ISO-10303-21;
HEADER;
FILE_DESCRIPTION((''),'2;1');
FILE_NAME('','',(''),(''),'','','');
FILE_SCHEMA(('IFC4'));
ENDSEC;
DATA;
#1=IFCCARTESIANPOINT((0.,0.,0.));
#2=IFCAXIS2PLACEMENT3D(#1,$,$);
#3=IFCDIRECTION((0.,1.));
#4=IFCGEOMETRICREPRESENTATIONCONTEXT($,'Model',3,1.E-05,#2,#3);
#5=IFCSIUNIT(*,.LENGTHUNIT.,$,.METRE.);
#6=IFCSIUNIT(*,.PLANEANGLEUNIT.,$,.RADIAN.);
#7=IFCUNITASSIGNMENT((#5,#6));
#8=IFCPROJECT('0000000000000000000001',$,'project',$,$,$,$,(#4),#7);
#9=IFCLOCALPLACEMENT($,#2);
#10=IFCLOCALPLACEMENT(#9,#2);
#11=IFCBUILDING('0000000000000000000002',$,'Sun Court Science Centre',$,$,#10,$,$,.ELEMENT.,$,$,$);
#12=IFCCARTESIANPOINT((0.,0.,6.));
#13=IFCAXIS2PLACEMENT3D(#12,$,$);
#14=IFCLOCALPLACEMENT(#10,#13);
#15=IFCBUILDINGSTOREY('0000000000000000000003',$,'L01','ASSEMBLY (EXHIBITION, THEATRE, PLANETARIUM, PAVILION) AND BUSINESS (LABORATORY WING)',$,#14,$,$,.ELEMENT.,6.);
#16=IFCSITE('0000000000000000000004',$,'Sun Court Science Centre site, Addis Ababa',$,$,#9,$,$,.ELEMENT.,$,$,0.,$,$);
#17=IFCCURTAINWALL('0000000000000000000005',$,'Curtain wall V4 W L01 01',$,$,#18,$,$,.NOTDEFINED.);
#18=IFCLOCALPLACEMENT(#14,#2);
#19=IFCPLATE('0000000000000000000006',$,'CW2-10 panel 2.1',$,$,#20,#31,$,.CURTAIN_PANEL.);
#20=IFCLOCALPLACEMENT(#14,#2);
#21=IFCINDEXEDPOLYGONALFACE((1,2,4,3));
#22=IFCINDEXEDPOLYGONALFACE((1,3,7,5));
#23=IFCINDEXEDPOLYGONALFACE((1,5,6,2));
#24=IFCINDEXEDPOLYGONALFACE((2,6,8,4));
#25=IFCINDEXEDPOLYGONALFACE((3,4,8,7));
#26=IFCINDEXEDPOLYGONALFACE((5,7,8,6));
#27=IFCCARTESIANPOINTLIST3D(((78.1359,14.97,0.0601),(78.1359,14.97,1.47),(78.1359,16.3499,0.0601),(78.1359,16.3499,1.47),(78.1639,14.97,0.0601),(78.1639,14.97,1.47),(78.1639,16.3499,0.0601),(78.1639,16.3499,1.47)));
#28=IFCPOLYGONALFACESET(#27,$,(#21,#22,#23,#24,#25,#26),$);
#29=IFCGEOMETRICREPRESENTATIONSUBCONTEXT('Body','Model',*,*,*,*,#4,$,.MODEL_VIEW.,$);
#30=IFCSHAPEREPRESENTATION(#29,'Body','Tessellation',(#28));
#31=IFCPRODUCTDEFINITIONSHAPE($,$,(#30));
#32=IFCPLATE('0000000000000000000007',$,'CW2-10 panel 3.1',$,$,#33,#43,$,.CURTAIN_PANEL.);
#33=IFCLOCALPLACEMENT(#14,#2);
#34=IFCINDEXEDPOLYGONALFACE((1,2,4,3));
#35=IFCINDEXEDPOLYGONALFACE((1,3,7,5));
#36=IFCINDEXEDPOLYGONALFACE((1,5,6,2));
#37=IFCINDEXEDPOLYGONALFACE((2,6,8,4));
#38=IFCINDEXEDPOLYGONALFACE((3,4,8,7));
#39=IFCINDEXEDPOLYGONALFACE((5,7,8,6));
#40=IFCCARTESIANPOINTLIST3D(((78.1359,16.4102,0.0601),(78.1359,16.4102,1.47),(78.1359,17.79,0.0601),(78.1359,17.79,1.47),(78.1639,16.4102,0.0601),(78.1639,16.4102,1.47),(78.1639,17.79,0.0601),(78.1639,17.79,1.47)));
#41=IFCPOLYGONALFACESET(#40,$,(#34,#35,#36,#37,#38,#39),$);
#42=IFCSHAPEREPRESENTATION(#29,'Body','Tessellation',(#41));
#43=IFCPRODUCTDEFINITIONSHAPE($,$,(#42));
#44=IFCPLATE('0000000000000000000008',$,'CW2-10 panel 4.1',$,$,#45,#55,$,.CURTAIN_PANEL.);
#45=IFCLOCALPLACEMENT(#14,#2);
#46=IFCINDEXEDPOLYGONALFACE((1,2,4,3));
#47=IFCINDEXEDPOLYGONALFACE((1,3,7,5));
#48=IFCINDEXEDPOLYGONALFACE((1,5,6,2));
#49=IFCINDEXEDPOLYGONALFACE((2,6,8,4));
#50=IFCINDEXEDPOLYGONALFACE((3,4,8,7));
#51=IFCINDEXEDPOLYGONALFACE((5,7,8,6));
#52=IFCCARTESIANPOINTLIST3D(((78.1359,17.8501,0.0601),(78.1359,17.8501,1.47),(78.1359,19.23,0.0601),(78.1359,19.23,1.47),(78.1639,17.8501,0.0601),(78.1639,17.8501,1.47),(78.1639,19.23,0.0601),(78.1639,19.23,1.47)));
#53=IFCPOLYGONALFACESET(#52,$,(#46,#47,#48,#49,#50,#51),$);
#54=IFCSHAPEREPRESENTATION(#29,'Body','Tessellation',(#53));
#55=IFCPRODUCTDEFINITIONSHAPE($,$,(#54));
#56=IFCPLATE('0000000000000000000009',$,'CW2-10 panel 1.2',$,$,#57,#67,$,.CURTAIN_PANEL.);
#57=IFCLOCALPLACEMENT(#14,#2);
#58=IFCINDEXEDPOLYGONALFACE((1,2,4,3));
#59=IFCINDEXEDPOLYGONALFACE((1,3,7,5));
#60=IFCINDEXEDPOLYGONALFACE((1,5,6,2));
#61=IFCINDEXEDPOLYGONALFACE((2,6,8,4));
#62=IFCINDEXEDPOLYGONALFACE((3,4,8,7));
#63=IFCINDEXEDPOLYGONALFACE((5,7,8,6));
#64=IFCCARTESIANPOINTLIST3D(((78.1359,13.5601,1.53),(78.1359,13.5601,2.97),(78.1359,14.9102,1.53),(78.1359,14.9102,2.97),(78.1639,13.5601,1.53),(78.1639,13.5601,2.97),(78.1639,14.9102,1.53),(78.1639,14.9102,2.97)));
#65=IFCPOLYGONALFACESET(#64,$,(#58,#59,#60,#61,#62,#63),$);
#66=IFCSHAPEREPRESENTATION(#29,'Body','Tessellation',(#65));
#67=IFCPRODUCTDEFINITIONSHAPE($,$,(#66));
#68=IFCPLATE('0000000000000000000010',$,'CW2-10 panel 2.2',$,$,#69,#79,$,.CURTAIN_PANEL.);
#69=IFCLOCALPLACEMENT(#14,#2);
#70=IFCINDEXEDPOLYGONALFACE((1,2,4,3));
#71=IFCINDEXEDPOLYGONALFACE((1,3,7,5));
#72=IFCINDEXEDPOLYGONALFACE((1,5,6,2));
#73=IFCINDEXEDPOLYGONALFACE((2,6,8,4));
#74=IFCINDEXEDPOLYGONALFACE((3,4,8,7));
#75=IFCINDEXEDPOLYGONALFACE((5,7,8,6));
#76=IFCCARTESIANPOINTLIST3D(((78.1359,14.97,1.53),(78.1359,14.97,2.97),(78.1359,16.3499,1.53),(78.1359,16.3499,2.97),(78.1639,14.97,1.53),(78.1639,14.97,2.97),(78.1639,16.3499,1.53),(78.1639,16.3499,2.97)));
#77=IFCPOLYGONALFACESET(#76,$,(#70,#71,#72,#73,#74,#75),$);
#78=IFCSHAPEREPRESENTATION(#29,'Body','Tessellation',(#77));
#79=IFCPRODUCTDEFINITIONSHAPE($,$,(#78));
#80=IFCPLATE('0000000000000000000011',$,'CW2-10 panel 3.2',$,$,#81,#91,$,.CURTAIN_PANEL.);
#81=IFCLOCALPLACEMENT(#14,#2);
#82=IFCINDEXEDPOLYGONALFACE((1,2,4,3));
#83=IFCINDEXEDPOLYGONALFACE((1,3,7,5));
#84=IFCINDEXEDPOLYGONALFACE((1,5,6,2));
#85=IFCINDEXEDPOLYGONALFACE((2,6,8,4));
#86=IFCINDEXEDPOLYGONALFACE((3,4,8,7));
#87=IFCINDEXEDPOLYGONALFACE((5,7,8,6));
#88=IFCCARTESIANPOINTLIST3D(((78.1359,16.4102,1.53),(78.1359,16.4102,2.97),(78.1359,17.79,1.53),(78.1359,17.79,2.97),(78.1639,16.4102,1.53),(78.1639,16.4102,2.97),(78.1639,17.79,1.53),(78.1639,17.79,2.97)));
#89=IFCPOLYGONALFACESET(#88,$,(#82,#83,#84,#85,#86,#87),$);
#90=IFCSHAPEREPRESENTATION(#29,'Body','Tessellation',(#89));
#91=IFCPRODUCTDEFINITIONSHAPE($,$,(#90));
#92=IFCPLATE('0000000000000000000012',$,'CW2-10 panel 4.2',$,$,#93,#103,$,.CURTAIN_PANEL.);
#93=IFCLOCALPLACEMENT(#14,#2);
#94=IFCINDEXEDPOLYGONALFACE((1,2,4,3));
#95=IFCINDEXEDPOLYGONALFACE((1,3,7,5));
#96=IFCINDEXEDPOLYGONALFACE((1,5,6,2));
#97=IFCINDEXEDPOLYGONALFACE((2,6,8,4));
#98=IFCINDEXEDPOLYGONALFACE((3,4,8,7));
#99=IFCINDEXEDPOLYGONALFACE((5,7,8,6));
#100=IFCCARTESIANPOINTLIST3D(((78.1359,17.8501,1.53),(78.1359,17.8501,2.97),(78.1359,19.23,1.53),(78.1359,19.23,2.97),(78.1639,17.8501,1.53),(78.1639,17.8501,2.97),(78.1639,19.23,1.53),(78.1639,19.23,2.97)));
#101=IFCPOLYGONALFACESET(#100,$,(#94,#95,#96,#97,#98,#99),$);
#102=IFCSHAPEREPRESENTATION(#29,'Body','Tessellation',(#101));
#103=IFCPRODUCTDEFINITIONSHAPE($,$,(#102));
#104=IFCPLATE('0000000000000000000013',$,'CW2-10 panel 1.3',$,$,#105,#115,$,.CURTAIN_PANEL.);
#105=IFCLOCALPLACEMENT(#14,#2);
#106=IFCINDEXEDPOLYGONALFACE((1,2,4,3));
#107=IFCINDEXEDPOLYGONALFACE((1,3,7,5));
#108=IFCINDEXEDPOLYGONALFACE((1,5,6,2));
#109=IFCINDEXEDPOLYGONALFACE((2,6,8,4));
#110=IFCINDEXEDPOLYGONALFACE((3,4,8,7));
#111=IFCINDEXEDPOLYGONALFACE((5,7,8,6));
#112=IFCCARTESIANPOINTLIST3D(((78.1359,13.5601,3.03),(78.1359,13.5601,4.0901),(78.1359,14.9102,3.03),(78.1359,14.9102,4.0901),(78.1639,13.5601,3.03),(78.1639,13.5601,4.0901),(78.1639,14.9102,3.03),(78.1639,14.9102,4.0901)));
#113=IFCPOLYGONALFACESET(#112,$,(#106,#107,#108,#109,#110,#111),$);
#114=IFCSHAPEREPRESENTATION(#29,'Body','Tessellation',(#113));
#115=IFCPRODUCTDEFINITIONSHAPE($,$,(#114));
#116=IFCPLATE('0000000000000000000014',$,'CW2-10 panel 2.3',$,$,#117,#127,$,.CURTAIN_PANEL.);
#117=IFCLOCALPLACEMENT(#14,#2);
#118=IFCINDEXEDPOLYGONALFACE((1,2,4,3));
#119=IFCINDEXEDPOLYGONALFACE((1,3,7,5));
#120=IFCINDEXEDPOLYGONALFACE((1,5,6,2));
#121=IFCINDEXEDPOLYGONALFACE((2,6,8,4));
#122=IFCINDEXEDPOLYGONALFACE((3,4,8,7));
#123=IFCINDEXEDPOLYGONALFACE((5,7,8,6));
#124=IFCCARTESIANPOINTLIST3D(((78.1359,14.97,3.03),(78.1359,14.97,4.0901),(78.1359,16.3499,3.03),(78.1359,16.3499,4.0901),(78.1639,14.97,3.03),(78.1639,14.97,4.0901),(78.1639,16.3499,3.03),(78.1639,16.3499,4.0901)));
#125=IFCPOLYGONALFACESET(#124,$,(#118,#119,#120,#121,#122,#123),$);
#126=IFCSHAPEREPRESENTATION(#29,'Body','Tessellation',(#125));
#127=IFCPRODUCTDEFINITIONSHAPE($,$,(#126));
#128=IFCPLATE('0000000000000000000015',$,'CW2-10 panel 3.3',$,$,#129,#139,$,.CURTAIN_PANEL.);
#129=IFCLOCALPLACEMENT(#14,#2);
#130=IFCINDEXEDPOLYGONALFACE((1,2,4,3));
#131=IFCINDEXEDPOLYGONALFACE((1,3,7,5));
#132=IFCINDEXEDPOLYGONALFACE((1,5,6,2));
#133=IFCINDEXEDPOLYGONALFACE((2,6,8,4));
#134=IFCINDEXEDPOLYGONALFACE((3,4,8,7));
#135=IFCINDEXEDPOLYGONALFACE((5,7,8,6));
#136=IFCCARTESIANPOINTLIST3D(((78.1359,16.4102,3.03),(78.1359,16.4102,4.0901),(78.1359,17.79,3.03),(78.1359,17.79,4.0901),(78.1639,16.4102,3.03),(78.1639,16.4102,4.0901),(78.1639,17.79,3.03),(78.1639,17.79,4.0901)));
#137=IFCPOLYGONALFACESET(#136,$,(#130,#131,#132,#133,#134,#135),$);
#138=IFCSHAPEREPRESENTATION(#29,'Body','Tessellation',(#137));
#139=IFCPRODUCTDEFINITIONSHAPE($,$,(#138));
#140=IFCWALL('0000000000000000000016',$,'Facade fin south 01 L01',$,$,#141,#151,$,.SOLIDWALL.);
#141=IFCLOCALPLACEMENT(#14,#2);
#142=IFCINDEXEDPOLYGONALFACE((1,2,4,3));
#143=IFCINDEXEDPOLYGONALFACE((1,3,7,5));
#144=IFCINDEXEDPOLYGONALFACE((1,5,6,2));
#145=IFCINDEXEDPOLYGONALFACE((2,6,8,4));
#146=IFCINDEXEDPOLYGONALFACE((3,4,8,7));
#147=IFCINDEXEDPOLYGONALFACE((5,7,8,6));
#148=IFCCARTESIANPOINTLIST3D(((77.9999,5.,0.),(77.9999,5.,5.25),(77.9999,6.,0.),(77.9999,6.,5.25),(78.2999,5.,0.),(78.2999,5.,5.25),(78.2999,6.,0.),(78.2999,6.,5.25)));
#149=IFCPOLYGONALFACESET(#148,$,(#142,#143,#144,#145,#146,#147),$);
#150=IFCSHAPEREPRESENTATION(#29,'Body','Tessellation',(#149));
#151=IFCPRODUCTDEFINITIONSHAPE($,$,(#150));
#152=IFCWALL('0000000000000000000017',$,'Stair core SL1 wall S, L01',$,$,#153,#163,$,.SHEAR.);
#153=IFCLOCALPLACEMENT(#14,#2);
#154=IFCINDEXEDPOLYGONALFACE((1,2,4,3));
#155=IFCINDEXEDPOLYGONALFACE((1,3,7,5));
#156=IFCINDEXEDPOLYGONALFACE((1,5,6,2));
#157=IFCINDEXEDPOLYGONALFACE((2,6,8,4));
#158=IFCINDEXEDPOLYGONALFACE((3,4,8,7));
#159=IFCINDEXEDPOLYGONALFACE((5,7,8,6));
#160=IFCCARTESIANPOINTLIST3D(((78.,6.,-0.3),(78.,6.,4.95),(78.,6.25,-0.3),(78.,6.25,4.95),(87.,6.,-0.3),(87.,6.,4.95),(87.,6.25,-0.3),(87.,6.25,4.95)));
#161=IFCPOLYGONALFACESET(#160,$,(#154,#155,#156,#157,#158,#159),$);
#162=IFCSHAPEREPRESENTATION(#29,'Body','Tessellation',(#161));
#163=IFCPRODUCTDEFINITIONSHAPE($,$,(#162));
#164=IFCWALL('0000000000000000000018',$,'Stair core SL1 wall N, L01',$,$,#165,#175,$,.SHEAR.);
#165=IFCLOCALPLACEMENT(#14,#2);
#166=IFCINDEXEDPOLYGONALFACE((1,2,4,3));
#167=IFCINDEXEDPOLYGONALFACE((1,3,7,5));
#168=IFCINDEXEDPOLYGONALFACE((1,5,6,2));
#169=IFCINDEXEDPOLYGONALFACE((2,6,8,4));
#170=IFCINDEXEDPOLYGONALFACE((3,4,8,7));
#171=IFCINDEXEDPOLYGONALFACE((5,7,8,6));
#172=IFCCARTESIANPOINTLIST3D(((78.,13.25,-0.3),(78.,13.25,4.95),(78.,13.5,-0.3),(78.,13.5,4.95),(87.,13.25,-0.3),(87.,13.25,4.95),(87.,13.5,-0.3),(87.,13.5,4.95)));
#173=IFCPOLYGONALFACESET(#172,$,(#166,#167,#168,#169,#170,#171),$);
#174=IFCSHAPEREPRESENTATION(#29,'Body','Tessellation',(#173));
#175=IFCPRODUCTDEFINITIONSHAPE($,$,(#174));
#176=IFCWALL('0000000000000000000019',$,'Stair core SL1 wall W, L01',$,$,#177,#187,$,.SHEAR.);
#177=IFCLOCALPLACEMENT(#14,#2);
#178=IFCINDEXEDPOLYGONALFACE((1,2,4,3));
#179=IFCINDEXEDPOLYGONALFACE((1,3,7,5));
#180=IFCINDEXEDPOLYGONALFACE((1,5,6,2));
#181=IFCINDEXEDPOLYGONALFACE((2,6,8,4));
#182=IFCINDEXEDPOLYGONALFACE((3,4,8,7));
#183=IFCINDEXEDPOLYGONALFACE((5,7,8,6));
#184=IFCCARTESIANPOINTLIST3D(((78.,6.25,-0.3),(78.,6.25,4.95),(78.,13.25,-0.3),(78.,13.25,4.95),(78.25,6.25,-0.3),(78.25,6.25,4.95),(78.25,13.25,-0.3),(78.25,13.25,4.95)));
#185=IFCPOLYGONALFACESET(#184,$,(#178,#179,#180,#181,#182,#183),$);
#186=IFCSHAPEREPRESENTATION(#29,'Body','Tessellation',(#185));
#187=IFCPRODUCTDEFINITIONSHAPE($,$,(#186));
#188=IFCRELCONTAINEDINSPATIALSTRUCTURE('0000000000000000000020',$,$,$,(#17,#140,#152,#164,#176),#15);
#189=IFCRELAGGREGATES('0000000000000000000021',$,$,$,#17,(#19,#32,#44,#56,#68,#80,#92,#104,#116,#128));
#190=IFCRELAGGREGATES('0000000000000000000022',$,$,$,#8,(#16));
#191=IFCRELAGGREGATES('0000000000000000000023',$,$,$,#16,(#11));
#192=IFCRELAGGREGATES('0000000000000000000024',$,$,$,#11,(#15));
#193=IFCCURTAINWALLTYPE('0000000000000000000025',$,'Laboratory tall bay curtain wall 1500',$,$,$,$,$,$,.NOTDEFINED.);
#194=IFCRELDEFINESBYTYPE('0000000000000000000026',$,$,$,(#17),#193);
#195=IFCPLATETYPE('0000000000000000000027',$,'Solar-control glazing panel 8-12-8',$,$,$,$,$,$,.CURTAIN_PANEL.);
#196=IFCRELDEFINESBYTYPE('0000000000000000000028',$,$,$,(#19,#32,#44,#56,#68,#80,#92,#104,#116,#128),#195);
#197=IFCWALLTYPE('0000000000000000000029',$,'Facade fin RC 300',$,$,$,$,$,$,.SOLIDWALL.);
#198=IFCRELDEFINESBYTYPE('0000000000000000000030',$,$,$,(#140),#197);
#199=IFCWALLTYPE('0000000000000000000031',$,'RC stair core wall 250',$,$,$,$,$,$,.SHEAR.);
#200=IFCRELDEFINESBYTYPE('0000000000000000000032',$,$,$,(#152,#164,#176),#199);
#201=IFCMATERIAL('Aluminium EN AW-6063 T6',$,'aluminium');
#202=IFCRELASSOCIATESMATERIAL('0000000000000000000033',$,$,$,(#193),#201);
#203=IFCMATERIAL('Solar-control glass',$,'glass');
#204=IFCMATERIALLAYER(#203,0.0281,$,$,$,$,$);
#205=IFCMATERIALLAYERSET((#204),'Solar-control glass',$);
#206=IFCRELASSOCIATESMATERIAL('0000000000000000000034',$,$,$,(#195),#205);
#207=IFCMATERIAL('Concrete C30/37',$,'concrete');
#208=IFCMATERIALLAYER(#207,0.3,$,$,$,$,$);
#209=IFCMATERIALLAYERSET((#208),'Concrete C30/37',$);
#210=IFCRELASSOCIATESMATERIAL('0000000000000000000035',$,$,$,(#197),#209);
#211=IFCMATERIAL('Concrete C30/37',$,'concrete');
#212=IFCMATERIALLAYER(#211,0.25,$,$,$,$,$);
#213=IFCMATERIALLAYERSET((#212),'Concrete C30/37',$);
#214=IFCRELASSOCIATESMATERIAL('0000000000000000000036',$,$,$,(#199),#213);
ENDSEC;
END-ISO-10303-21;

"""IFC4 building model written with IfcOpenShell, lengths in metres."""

from ifc_helpers import new_model, si_unit, direction, frame, frame_2d, origin, origin_2d, place, context, subcontext, project, spatial, rectangle, extrude, material, layer, layer_set, type_object, element, aggregate, save


model = new_model("IFC4")

# Units and contexts
model_context = context("Model", 3, precision=1e-05, world=origin(), true_north=direction((0.0, 1.0)))
body_context = subcontext(model_context, "Body", "Model", "MODEL_VIEW")
ifc_project = project(units=[si_unit("LENGTHUNIT", "METRE"), si_unit("PLANEANGLEUNIT", "RADIAN")], contexts=[model_context])

# Site, building, storey
site_placement = place(None, origin())
site = spatial("IfcSite", under=ifc_project, at=site_placement, Name="Sun Court Science Centre site, Addis Ababa", CompositionType="ELEMENT", RefElevation=0.0)
building_placement = place(site_placement, origin())
building = spatial("IfcBuilding", under=site, at=building_placement, Name="Sun Court Science Centre", CompositionType="ELEMENT")
storey_placement = place(building_placement, frame((0.0, 0.0, 6.0)))
storey = spatial("IfcBuildingStorey", under=building, at=storey_placement, Name="L01", Description="ASSEMBLY (EXHIBITION, THEATRE, PLANETARIUM, PAVILION) AND BUSINESS (LABORATORY WING)", CompositionType="ELEMENT", Elevation=6.0)

# Curtain wall
ifc_material_1 = material(Name="Aluminium EN AW-6063 T6", Category="aluminium")
curtain_wall_type = type_object("IfcCurtainWallType", Name="Laboratory tall bay curtain wall 1500", PredefinedType="NOTDEFINED", material=ifc_material_1)
curtain_wall_placement = place(storey_placement, origin())
curtain_wall = element("IfcCurtainWall", 1, at=curtain_wall_placement, inside=storey, type_object=curtain_wall_type, Name="Curtain wall V4 W L01 01", PredefinedType="NOTDEFINED")

# Plates
ifc_material_2 = material(Name="Solar-control glass", Category="glass")
ifc_layer_1 = layer(ifc_material_2, 0.0281)
ifc_layer_set_1 = layer_set([ifc_layer_1], Name="Solar-control glass")
plate_type = type_object("IfcPlateType", Name="Solar-control glazing panel 8-12-8", PredefinedType="CURTAIN_PANEL", material=ifc_layer_set_1)
plate_1_placement = place(storey_placement, frame((78.1499, 15.6599, 0.0601), z_axis=(0.0, 0.0, 1.0), x_axis=(0.0, 1.0, 0.0)))
plate_1 = element("IfcPlate", 2, at=plate_1_placement, type_object=plate_type, Name="CW2-10 panel 2.1", PredefinedType="CURTAIN_PANEL", context=body_context, shape_type="SweptSolid", body=[
    extrude(rectangle(XDim=1.3799, YDim=0.0281, at=origin_2d()), origin(), (0.0, 0.0, 1.0), 1.4099),
])
plate_2_placement = place(storey_placement, frame((78.1499, 17.1001, 0.0601), z_axis=(0.0, 0.0, 1.0), x_axis=(0.0, 1.0, 0.0)))
plate_2 = element("IfcPlate", 3, at=plate_2_placement, type_object=plate_type, Name="CW2-10 panel 3.1", PredefinedType="CURTAIN_PANEL", context=body_context, shape_type="SweptSolid", body=[
    extrude(rectangle(XDim=1.3799, YDim=0.0281, at=origin_2d()), origin(), (0.0, 0.0, 1.0), 1.4099),
])
plate_3_placement = place(storey_placement, frame((78.1499, 18.54, 0.0601), z_axis=(0.0, 0.0, 1.0), x_axis=(0.0, 1.0, 0.0)))
plate_3 = element("IfcPlate", 4, at=plate_3_placement, type_object=plate_type, Name="CW2-10 panel 4.1", PredefinedType="CURTAIN_PANEL", context=body_context, shape_type="SweptSolid", body=[
    extrude(rectangle(XDim=1.3799, YDim=0.0281, at=origin_2d()), origin(), (0.0, 0.0, 1.0), 1.4099),
])
plate_4_placement = place(storey_placement, frame((78.1499, 14.2351, 1.53), z_axis=(0.0, 0.0, 1.0), x_axis=(0.0, 1.0, 0.0)))
plate_4 = element("IfcPlate", 5, at=plate_4_placement, type_object=plate_type, Name="CW2-10 panel 1.2", PredefinedType="CURTAIN_PANEL", context=body_context, shape_type="SweptSolid", body=[
    extrude(rectangle(XDim=1.3501, YDim=0.0281, at=origin_2d()), origin(), (0.0, 0.0, 1.0), 1.4399),
])
plate_5_placement = place(storey_placement, frame((78.1499, 15.6599, 1.53), z_axis=(0.0, 0.0, 1.0), x_axis=(0.0, 1.0, 0.0)))
plate_5 = element("IfcPlate", 6, at=plate_5_placement, type_object=plate_type, Name="CW2-10 panel 2.2", PredefinedType="CURTAIN_PANEL", context=body_context, shape_type="SweptSolid", body=[
    extrude(rectangle(XDim=1.3799, YDim=0.0281, at=origin_2d()), origin(), (0.0, 0.0, 1.0), 1.4399),
])
plate_6_placement = place(storey_placement, frame((78.1499, 17.1001, 1.53), z_axis=(0.0, 0.0, 1.0), x_axis=(0.0, 1.0, 0.0)))
plate_6 = element("IfcPlate", 7, at=plate_6_placement, type_object=plate_type, Name="CW2-10 panel 3.2", PredefinedType="CURTAIN_PANEL", context=body_context, shape_type="SweptSolid", body=[
    extrude(rectangle(XDim=1.3799, YDim=0.0281, at=origin_2d()), origin(), (0.0, 0.0, 1.0), 1.4399),
])
plate_7_placement = place(storey_placement, frame((78.1499, 18.54, 1.53), z_axis=(0.0, 0.0, 1.0), x_axis=(0.0, 1.0, 0.0)))
plate_7 = element("IfcPlate", 8, at=plate_7_placement, type_object=plate_type, Name="CW2-10 panel 4.2", PredefinedType="CURTAIN_PANEL", context=body_context, shape_type="SweptSolid", body=[
    extrude(rectangle(XDim=1.3799, YDim=0.0281, at=origin_2d()), origin(), (0.0, 0.0, 1.0), 1.4399),
])
plate_8_placement = place(storey_placement, frame((78.1499, 14.2351, 3.03), z_axis=(0.0, 0.0, 1.0), x_axis=(0.0, 1.0, 0.0)))
plate_8 = element("IfcPlate", 9, at=plate_8_placement, type_object=plate_type, Name="CW2-10 panel 1.3", PredefinedType="CURTAIN_PANEL", context=body_context, shape_type="SweptSolid", body=[
    extrude(rectangle(XDim=1.3501, YDim=0.0281, at=origin_2d()), origin(), (0.0, 0.0, 1.0), 1.0601),
])
plate_9_placement = place(storey_placement, frame((78.1499, 15.6599, 3.03), z_axis=(0.0, 0.0, 1.0), x_axis=(0.0, 1.0, 0.0)))
plate_9 = element("IfcPlate", 10, at=plate_9_placement, type_object=plate_type, Name="CW2-10 panel 2.3", PredefinedType="CURTAIN_PANEL", context=body_context, shape_type="SweptSolid", body=[
    extrude(rectangle(XDim=1.3799, YDim=0.0281, at=origin_2d()), origin(), (0.0, 0.0, 1.0), 1.0601),
])
plate_10_placement = place(storey_placement, frame((78.1499, 17.1001, 3.03), z_axis=(0.0, 0.0, 1.0), x_axis=(0.0, 1.0, 0.0)))
plate_10 = element("IfcPlate", 11, at=plate_10_placement, type_object=plate_type, Name="CW2-10 panel 3.3", PredefinedType="CURTAIN_PANEL", context=body_context, shape_type="SweptSolid", body=[
    extrude(rectangle(XDim=1.3799, YDim=0.0281, at=origin_2d()), origin(), (0.0, 0.0, 1.0), 1.0601),
])
aggregate(curtain_wall, [plate_1, plate_2, plate_3, plate_4, plate_5, plate_6, plate_7, plate_8, plate_9, plate_10])

# Walls
ifc_material_3 = material(Name="Concrete C30/37", Category="concrete")
ifc_layer_2 = layer(ifc_material_3, 0.3)
ifc_layer_set_2 = layer_set([ifc_layer_2], Name="Concrete C30/37")
wall_type_1 = type_object("IfcWallType", Name="Facade fin RC 300", PredefinedType="SOLIDWALL", material=ifc_layer_set_2)
wall_1_placement = place(storey_placement, frame((78.1499, 6.0, 0.0), z_axis=(0.0, 0.0, 1.0), x_axis=(0.0, -1.0, 0.0)))
element("IfcWall", 12, at=wall_1_placement, inside=storey, type_object=wall_type_1, Name="Facade fin south 01 L01", PredefinedType="SOLIDWALL", context=body_context, shape_type="SweptSolid", body=[
    extrude(rectangle(XDim=1.0, YDim=0.3, at=frame_2d((0.5, 0.0))), origin(), (0.0, 0.0, 1.0), 5.25),
])
ifc_material_4 = material(Name="Concrete C30/37", Category="concrete")
ifc_layer_3 = layer(ifc_material_4, 0.25)
ifc_layer_set_3 = layer_set([ifc_layer_3], Name="Concrete C30/37")
wall_type_2 = type_object("IfcWallType", Name="RC stair core wall 250", PredefinedType="SHEAR", material=ifc_layer_set_3)
for number, where, z_axis, x_axis, name in (
    (13, (78.0, 6.125, -0.3), (0.0, 0.0, 1.0), (1.0, 0.0, 0.0), "Stair core SL1 wall S, L01"),
    (14, (78.0, 13.375, -0.3), (0.0, 0.0, 1.0), (1.0, 0.0, 0.0), "Stair core SL1 wall N, L01"),
):
    element("IfcWall", number, at=place(storey_placement, frame(where, z_axis=z_axis, x_axis=x_axis)), inside=storey, type_object=wall_type_2, Name=name, PredefinedType="SHEAR", context=body_context, shape_type="SweptSolid", body=[
        extrude(rectangle(XDim=9.0, YDim=0.25, at=frame_2d((4.5, 0.0))), origin(), (0.0, 0.0, 1.0), 5.25),
    ])
wall_2_placement = place(storey_placement, frame((78.125, 6.25, -0.3), z_axis=(0.0, 0.0, 1.0), x_axis=(0.0, 1.0, 0.0)))
element("IfcWall", 15, at=wall_2_placement, inside=storey, type_object=wall_type_2, Name="Stair core SL1 wall W, L01", PredefinedType="SHEAR", context=body_context, shape_type="SweptSolid", body=[
    extrude(rectangle(XDim=7.0, YDim=0.25, at=frame_2d((3.5, 0.0))), origin(), (0.0, 0.0, 1.0), 5.25),
])

save(model, "model.ifc")
